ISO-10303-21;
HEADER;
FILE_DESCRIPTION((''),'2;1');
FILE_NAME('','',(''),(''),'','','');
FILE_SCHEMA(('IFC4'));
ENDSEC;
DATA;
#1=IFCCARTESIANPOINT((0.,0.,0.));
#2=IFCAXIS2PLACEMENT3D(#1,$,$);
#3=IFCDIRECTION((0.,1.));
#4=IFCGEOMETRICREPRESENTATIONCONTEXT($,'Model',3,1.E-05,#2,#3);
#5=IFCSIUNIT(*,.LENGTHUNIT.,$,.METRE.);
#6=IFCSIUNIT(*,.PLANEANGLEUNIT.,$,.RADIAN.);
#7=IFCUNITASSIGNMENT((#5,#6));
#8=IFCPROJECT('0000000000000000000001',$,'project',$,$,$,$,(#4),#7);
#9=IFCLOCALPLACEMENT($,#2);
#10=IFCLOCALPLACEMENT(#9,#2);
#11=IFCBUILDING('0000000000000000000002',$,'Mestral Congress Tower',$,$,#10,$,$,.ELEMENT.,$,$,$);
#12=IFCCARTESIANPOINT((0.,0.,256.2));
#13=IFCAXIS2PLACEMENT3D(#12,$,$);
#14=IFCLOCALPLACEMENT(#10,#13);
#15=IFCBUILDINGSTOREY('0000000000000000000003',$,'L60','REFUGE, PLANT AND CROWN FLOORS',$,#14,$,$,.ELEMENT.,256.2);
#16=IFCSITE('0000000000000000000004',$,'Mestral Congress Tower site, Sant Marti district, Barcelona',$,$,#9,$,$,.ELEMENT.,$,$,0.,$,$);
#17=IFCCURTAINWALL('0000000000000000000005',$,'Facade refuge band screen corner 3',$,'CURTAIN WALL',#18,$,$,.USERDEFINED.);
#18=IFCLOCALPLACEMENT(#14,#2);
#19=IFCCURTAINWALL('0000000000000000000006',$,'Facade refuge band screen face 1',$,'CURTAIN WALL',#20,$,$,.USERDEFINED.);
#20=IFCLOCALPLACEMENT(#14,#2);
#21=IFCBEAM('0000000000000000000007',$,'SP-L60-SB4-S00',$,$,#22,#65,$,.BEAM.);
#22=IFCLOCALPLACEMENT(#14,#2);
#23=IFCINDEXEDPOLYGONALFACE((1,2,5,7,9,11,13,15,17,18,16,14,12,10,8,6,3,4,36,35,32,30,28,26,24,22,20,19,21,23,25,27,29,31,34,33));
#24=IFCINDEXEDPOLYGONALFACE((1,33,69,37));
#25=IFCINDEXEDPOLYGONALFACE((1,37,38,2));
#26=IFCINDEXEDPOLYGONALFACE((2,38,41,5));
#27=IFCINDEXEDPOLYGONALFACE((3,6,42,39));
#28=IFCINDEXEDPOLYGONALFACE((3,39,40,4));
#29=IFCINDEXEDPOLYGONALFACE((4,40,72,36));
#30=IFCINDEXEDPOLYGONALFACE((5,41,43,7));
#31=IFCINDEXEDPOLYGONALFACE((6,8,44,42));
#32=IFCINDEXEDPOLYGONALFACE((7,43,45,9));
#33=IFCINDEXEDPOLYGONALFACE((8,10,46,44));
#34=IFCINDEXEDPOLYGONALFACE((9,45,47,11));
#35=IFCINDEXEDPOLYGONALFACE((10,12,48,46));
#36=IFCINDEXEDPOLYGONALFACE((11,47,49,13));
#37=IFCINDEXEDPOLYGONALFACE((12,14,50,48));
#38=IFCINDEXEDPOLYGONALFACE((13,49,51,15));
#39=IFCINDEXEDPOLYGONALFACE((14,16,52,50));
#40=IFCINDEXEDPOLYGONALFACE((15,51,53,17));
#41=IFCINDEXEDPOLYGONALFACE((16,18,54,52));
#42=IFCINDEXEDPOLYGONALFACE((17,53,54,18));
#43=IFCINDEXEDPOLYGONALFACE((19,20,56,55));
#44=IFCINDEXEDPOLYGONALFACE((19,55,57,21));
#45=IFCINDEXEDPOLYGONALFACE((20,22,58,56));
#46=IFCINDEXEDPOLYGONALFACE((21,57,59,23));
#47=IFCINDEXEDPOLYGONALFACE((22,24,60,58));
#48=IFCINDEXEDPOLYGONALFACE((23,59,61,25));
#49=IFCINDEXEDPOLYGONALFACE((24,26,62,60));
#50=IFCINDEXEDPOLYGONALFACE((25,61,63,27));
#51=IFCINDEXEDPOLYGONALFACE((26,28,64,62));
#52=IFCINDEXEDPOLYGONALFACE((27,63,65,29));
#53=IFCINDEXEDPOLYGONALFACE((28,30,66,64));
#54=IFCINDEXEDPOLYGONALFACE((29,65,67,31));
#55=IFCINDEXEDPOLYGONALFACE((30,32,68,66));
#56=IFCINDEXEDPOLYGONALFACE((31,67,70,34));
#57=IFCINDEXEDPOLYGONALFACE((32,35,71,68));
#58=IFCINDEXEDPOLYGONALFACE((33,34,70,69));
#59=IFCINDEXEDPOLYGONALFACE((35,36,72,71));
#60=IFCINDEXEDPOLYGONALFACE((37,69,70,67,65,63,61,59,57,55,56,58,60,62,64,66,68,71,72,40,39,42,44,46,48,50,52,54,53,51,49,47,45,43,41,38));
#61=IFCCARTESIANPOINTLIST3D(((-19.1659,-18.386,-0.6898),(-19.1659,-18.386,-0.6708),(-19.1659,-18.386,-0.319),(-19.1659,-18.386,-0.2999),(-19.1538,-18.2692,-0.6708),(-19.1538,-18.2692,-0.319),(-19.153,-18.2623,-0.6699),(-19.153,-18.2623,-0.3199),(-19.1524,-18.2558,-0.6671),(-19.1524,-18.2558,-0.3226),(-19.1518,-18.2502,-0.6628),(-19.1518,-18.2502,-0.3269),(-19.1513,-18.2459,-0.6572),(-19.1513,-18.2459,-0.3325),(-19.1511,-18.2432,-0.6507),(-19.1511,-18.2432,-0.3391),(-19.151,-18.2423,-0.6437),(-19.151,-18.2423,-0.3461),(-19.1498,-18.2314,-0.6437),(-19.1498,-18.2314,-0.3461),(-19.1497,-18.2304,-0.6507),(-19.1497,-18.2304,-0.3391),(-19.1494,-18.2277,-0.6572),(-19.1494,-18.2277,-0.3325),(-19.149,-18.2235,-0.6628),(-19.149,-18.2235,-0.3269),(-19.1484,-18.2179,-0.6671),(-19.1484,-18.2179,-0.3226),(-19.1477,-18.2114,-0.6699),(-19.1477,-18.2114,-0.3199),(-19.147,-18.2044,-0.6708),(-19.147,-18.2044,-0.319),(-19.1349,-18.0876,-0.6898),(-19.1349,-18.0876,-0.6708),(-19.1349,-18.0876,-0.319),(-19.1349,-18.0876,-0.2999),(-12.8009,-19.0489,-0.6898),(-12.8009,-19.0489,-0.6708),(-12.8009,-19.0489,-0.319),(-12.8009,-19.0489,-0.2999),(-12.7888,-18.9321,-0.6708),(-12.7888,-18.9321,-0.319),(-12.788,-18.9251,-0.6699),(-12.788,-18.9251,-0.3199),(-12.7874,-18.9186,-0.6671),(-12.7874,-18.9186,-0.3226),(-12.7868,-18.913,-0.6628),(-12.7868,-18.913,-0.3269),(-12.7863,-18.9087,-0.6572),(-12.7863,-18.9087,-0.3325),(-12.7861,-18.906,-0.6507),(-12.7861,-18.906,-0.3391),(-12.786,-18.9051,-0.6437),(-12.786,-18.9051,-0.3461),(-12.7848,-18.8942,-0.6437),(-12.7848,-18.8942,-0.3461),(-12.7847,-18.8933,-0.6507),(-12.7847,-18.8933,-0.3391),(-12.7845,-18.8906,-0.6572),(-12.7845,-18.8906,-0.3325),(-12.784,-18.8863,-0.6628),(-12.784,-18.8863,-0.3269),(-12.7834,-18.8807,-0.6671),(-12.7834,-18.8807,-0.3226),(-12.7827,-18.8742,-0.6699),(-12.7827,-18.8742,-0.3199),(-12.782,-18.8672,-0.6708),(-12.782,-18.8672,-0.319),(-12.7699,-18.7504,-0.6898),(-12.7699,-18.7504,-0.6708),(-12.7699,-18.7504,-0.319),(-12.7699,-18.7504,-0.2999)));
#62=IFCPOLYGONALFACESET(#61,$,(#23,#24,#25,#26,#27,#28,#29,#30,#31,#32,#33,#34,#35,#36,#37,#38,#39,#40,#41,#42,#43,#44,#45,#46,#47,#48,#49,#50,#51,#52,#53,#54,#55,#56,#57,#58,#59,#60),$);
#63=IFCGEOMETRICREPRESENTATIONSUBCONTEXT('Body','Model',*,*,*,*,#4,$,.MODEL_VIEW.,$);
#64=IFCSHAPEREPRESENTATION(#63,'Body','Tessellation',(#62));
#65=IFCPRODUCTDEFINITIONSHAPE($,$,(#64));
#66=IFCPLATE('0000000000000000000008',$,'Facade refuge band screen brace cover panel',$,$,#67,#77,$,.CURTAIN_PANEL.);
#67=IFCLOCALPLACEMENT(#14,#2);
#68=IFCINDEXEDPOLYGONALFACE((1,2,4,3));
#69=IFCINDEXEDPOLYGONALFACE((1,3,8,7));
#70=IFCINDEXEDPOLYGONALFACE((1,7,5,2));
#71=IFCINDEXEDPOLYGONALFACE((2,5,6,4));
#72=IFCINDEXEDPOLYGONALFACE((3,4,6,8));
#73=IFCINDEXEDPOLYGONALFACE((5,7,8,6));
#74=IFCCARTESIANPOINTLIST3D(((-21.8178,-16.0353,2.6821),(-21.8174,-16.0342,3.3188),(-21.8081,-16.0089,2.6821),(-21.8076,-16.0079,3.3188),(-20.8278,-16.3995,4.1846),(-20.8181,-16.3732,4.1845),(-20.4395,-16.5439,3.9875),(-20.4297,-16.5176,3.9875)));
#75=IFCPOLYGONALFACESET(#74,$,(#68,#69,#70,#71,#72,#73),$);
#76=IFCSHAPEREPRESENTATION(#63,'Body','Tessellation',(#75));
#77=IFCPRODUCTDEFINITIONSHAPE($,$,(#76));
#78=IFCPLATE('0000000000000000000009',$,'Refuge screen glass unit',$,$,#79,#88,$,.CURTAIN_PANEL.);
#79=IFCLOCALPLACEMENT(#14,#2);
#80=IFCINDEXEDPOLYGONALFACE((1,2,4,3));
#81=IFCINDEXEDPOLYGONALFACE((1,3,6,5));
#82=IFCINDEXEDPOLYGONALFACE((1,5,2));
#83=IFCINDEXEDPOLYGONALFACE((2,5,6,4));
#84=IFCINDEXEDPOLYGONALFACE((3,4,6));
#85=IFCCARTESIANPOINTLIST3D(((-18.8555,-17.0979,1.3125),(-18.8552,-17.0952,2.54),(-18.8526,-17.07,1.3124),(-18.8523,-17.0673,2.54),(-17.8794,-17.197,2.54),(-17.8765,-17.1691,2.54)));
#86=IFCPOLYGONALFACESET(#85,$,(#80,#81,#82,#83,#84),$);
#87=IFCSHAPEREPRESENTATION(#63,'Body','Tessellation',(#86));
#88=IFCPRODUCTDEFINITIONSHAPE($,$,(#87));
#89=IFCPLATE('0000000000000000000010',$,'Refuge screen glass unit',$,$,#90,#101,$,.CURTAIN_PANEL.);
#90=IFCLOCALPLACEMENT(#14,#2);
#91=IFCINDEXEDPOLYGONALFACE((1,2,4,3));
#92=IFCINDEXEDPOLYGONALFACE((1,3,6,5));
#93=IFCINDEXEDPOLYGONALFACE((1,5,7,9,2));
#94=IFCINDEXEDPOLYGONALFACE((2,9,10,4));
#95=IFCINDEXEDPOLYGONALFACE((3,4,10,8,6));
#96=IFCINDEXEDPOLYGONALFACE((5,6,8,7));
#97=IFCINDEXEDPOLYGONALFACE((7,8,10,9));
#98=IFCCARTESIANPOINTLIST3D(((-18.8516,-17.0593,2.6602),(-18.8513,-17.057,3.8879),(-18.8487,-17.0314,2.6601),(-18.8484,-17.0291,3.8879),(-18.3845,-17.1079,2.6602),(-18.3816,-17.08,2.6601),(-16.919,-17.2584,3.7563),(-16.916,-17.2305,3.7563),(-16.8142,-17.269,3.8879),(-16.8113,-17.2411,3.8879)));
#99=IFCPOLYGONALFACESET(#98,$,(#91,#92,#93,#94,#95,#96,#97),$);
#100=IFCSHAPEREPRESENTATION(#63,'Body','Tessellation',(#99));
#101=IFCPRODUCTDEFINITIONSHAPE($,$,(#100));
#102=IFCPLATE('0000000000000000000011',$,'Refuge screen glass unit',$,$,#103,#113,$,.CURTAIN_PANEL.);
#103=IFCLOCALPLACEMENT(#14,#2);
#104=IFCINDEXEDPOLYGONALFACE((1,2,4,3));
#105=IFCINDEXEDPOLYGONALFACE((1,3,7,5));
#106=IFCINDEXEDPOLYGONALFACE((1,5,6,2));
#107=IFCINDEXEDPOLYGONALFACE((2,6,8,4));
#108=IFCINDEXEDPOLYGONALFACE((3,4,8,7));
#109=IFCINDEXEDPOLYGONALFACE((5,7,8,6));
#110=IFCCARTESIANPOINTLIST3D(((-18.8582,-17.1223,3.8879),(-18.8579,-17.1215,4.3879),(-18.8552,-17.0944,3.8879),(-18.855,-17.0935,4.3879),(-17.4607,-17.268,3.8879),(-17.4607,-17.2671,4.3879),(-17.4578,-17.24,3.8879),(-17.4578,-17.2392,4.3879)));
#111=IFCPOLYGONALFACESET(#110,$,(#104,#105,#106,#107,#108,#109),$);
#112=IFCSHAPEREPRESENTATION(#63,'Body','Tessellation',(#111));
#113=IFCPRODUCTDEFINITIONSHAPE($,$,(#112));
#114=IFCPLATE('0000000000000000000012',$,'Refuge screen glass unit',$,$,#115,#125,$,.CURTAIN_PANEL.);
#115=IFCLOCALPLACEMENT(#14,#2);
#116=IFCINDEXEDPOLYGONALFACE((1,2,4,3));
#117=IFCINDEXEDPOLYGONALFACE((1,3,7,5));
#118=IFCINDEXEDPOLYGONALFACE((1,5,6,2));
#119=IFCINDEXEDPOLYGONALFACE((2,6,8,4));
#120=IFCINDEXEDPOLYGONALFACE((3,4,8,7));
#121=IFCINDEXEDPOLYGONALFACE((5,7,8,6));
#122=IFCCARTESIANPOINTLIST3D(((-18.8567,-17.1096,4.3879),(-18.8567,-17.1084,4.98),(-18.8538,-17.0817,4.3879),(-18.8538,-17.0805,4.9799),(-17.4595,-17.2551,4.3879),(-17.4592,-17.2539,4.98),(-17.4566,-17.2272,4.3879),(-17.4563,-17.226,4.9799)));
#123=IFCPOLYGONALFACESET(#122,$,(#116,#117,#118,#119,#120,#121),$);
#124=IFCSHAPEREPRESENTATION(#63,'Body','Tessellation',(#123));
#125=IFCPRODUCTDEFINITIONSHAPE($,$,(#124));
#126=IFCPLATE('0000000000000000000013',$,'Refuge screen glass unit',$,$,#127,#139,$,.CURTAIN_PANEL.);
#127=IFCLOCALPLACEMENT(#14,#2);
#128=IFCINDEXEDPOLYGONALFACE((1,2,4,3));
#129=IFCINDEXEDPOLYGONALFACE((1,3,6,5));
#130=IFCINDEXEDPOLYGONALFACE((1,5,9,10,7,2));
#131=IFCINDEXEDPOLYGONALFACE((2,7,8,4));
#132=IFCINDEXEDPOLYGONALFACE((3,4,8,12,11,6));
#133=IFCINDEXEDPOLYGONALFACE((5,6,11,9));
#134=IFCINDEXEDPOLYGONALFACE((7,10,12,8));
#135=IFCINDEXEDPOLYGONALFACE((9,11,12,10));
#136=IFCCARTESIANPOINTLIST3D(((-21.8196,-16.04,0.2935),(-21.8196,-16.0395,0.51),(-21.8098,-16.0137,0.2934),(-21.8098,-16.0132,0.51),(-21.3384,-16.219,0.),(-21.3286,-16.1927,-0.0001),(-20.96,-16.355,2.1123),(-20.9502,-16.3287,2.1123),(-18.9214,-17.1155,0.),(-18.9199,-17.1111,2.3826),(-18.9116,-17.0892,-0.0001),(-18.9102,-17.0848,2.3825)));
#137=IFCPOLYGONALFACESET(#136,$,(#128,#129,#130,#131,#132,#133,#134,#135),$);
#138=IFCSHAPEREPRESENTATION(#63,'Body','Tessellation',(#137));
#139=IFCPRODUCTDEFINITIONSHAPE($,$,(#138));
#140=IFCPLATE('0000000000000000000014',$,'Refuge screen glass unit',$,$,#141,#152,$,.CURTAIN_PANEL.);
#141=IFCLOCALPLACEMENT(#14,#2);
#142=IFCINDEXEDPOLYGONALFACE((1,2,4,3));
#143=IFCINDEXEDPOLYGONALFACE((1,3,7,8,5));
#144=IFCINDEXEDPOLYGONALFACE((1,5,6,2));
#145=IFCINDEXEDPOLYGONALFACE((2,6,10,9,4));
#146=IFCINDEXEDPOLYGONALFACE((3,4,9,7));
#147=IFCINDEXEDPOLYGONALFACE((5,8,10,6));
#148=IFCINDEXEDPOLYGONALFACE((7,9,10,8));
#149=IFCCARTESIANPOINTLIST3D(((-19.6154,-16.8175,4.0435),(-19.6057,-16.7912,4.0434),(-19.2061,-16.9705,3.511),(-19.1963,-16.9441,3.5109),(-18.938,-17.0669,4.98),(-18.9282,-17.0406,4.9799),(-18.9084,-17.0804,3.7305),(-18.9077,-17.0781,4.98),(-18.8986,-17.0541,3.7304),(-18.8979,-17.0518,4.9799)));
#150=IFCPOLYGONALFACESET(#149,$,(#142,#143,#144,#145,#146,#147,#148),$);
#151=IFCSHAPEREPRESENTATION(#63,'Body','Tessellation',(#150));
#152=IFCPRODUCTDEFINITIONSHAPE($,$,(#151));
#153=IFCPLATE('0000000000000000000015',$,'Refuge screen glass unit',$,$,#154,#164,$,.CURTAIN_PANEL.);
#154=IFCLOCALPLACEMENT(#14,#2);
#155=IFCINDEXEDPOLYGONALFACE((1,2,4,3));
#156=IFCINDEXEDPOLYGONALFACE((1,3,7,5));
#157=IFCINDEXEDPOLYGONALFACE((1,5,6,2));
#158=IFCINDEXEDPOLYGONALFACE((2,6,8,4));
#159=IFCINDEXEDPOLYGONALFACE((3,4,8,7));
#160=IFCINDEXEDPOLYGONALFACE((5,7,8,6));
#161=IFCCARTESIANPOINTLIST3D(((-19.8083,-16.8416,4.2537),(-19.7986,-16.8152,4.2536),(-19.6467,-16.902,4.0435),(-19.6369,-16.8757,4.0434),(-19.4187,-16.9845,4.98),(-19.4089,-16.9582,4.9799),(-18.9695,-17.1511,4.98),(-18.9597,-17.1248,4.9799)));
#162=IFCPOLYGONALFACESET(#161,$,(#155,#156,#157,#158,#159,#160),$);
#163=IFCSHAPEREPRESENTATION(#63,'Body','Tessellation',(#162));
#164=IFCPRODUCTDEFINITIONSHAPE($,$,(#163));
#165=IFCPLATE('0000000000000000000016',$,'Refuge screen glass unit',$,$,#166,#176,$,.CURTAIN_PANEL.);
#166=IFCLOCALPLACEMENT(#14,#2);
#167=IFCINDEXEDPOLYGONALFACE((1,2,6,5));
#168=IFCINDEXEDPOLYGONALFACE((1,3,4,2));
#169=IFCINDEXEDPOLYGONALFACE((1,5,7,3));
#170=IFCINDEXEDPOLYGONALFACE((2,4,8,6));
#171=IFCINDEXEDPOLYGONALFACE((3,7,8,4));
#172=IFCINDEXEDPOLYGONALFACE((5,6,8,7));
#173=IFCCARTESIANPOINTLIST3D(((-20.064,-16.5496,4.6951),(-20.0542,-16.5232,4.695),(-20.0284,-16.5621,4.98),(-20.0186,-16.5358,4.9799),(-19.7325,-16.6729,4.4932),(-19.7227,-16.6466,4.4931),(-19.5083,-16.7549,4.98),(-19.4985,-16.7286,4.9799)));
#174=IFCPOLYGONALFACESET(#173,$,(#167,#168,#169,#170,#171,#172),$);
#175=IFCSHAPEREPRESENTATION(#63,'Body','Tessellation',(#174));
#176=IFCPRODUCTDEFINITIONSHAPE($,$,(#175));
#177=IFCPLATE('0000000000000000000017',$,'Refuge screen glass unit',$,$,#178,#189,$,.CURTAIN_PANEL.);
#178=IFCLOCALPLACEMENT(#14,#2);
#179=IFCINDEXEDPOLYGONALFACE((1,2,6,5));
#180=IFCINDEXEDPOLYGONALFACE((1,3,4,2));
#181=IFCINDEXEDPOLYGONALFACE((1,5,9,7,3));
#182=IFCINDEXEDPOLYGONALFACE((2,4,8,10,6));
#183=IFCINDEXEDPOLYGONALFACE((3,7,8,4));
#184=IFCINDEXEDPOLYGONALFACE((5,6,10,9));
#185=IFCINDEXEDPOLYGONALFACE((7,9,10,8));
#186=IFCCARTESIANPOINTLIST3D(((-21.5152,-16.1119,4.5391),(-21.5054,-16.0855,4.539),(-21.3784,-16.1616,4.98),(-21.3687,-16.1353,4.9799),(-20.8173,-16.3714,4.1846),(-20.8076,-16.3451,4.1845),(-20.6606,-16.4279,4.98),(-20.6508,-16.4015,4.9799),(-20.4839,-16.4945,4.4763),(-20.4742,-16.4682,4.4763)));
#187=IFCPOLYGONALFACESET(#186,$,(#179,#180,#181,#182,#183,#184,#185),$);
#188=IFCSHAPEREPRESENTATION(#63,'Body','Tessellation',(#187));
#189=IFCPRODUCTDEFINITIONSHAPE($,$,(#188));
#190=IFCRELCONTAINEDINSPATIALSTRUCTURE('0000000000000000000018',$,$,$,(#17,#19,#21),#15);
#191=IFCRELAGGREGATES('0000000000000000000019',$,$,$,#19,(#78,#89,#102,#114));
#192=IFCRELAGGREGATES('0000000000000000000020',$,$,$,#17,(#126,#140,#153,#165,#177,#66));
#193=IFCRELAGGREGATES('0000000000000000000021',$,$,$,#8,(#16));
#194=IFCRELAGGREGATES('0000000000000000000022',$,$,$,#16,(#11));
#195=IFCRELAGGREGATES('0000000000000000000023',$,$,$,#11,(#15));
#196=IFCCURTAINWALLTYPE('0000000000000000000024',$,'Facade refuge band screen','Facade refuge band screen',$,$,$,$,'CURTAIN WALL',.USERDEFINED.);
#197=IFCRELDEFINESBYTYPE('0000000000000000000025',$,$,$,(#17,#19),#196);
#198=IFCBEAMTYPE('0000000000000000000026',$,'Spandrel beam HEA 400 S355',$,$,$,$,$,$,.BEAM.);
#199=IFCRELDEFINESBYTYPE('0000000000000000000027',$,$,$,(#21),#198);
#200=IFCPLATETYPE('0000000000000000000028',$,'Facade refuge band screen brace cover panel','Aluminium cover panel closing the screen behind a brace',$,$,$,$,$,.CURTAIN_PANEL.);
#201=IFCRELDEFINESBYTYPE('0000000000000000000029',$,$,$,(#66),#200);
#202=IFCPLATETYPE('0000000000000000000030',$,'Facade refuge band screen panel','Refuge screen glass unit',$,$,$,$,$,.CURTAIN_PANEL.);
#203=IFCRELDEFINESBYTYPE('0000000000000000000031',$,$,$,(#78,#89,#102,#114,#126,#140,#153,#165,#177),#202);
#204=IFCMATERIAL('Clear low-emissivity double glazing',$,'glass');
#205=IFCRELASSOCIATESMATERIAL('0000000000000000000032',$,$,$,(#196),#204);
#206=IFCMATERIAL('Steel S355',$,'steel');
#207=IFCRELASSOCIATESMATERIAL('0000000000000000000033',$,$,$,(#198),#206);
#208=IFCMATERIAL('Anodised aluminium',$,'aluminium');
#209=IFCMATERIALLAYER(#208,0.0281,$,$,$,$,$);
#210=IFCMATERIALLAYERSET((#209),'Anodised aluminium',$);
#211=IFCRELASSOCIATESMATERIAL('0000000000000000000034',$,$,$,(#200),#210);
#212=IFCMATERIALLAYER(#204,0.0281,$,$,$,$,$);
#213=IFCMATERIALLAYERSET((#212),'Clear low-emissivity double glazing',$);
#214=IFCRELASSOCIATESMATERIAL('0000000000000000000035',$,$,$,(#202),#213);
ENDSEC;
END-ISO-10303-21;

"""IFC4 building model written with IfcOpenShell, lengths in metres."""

from ifc_helpers import new_model, si_unit, direction, frame, origin, origin_2d, place, context, subcontext, project, spatial, polyline, i_section, outline, extrude, material, layer, layer_set, material_profile, profile_set, type_object, element, aggregate, save


model = new_model("IFC4")

# Units and contexts
model_context = context("Model", 3, precision=1e-05, world=origin(), true_north=direction((0.0, 1.0)))
body_context = subcontext(model_context, "Body", "Model", "MODEL_VIEW")
ifc_project = project(units=[si_unit("LENGTHUNIT", "METRE"), si_unit("PLANEANGLEUNIT", "RADIAN")], contexts=[model_context])

# Site, building, storey
site_placement = place(None, origin())
site = spatial("IfcSite", under=ifc_project, at=site_placement, Name="Mestral Congress Tower site, Sant Marti district, Barcelona", CompositionType="ELEMENT", RefElevation=0.0)
building_placement = place(site_placement, origin())
building = spatial("IfcBuilding", under=site, at=building_placement, Name="Mestral Congress Tower", CompositionType="ELEMENT")
storey_placement = place(building_placement, frame((0.0, 0.0, 256.2)))
storey = spatial("IfcBuildingStorey", under=building, at=storey_placement, Name="L60", Description="REFUGE, PLANT AND CROWN FLOORS", CompositionType="ELEMENT", Elevation=256.2)

# Shared definitions
ifc_material_1 = material(Name="Steel S355", Category="steel")

# Curtain wall
ifc_material_2 = material(Name="Clear low-emissivity double glazing", Category="glass")
curtain_wall_type = type_object("IfcCurtainWallType", Name="Facade refuge band screen", Description="Facade refuge band screen", ElementType="CURTAIN WALL", PredefinedType="USERDEFINED", material=ifc_material_2)
placement = place(storey_placement, origin())
curtain_wall_1 = element("IfcCurtainWall", 1, at=placement, inside=storey, type_object=curtain_wall_type, Name="Facade refuge band screen corner 3", ObjectType="CURTAIN WALL", PredefinedType="USERDEFINED")
ifc_material_3 = material(Name="Anodised aluminium", Category="aluminium")

# Curtain wall
curtain_wall_2 = element("IfcCurtainWall", 2, at=placement, inside=storey, type_object=curtain_wall_type, Name="Facade refuge band screen face 1", ObjectType="CURTAIN WALL", PredefinedType="USERDEFINED")

# Beam
ifc_material_profile_1 = material_profile(ifc_material_1, i_section(OverallWidth=0.3, OverallDepth=0.3899, WebThickness=0.011, FlangeThickness=0.019, FilletRadius=0.0271, at=origin_2d()), Name="HEA 400")
ifc_profile_set_1 = profile_set([ifc_material_profile_1], Name="Steel S355")
beam_type_1 = type_object("IfcBeamType", Name="Spandrel beam HEA 400 S355", PredefinedType="BEAM", material=ifc_profile_set_1)
beam_1_placement = place(storey_placement, frame((-19.1504, -18.2368, -0.4949), z_axis=(0.994621, -0.103579, 0.0), x_axis=(0.103579, 0.994621, 0.0)))
element("IfcBeam", 3, at=beam_1_placement, inside=storey, type_object=beam_type_1, Name="SP-L60-SB4-S00", PredefinedType="BEAM", context=body_context, shape_type="SweptSolid", body=[
    extrude(i_section(OverallWidth=0.3, OverallDepth=0.3899, WebThickness=0.011, FlangeThickness=0.019, FilletRadius=0.0271, at=origin_2d()), origin(), (0.0, 0.0, 1.0), 6.3994),
])

# Plates
ifc_layer_1 = layer(ifc_material_3, 0.0281)
ifc_layer_set_1 = layer_set([ifc_layer_1], Name="Anodised aluminium")
plate_type_1 = type_object("IfcPlateType", Name="Facade refuge band screen brace cover panel", Description="Aluminium cover panel closing the screen behind a brace", PredefinedType="CURTAIN_PANEL", material=ifc_layer_set_1)
plate_1_placement = place(storey_placement, frame((-21.8174, -16.0342, 3.3188), z_axis=(-0.347746, -0.937587, 0.001825), x_axis=(0.725155, -0.267721, 0.634409)))
plate_1 = element("IfcPlate", 4, at=plate_1_placement, type_object=plate_type_1, Name="Facade refuge band screen brace cover panel", PredefinedType="CURTAIN_PANEL", context=body_context, shape_type="SweptSolid", body=[
    extrude(outline(polyline([(0.0, 0.0), (1.3646, 0.0), (1.5599, -0.4152), (-0.404, -0.4922), (0.0, 0.0)])), origin(), (0.0, 0.0, -1.0), 0.0281),
])
ifc_layer_2 = layer(ifc_material_2, 0.0281)
ifc_layer_set_2 = layer_set([ifc_layer_2], Name="Clear low-emissivity double glazing")
plate_type_2 = type_object("IfcPlateType", Name="Facade refuge band screen panel", Description="Refuge screen glass unit", PredefinedType="CURTAIN_PANEL", material=ifc_layer_set_2)
plate_2_placement = place(storey_placement, frame((-18.8552, -17.0952, 2.54), z_axis=(-0.103765, -0.994599, 0.002197), x_axis=(0.994602, -0.103765, 0.0)))
plate_2 = element("IfcPlate", 5, at=plate_2_placement, type_object=plate_type_2, Name="Refuge screen glass unit", PredefinedType="CURTAIN_PANEL", context=body_context, shape_type="SweptSolid", body=[
    extrude(outline(polyline([(0.0, 0.0), (0.9811, 0.0), (0.0, -1.2275), (0.0, 0.0)])), origin(), (0.0, 0.0, -1.0), 0.0281),
])
plate_3_placement = place(storey_placement, frame((-18.8516, -17.0593, 2.6602), z_axis=(-0.103529, -0.994625, 0.001915), x_axis=(0.00019, 0.001905, 0.999998)))
plate_3 = element("IfcPlate", 6, at=plate_3_placement, type_object=plate_type_2, Name="Refuge screen glass unit", PredefinedType="CURTAIN_PANEL", context=body_context, shape_type="SweptSolid", body=[
    extrude(outline(polyline([(0.0, 0.0), (1.2278, 0.0), (1.2278, -2.0481), (1.0962, -1.9428), (0.0, -0.4696), (0.0, 0.0)])), origin(), (0.0, 0.0, -1.0), 0.0281),
])
plate_4_placement = place(storey_placement, frame((-17.4607, -17.2671, 4.3879), z_axis=(-0.103658, -0.994612, 0.001725), x_axis=(0.000023, -0.001737, -0.999998)))
plate_4 = element("IfcPlate", 7, at=plate_4_placement, type_object=plate_type_2, Name="Refuge screen glass unit", PredefinedType="CURTAIN_PANEL", context=body_context, shape_type="SweptSolid", body=[
    extrude(outline(polyline([(0.0, 0.0), (0.5, 0.0), (0.4997, -1.405), (-0.0003, -1.4048), (0.0, 0.0)])), origin(), (0.0, 0.0, -1.0), 0.0281),
])
plate_5_placement = place(storey_placement, frame((-18.8567, -17.1084, 4.98), z_axis=(-0.103572, -0.99462, 0.002072), x_axis=(0.994622, -0.103572, 0.0)))
plate_5 = element("IfcPlate", 8, at=plate_5_placement, type_object=plate_type_2, Name="Refuge screen glass unit", PredefinedType="CURTAIN_PANEL", context=body_context, shape_type="SweptSolid", body=[
    extrude(outline(polyline([(0.0, 0.0), (1.405, 0.0), (1.4049, -0.592), (0.0001, -0.592), (0.0, 0.0)])), origin(), (0.0, 0.0, -1.0), 0.0281),
])
aggregate(curtain_wall_2, [plate_2, plate_3, plate_4, plate_5])
plate_6_placement = place(storey_placement, frame((-18.9214, -17.1155, 0.0), z_axis=(-0.347739, -0.937589, 0.00194), x_axis=(-0.937591, 0.34774, 0.0)))
plate_6 = element("IfcPlate", 9, at=plate_6_placement, type_object=plate_type_2, Name="Refuge screen glass unit", PredefinedType="CURTAIN_PANEL", context=body_context, shape_type="SweptSolid", body=[
    extrude(outline(polyline([(0.0, 0.0), (2.5779, 0.0), (3.0913, -0.2935), (3.0915, -0.51), (2.1758, -2.1123), (0.0002, -2.3826), (0.0, 0.0)])), origin(), (0.0, 0.0, -1.0), 0.0281),
])
plate_7_placement = place(storey_placement, frame((-19.2061, -16.9705, 3.511), z_axis=(-0.347819, -0.93756, 0.001927), x_axis=(-0.594289, 0.22206, 0.772988)))
plate_7 = element("IfcPlate", 10, at=plate_7_placement, type_object=plate_type_2, Name="Refuge screen glass unit", PredefinedType="CURTAIN_PANEL", context=body_context, shape_type="SweptSolid", body=[
    extrude(outline(polyline([(0.0, 0.0), (0.6888, 0.0), (0.9548, -1.1522), (0.9343, -1.1771), (-0.0317, -0.3845), (0.0, 0.0)])), origin(), (0.0, 0.0, -1.0), 0.0281),
])
plate_8_placement = place(storey_placement, frame((-18.9695, -17.1511, 4.98), z_axis=(-0.347786, -0.937572, 0.002068), x_axis=(-0.572802, 0.21073, -0.792143)))
plate_8 = element("IfcPlate", 11, at=plate_8_placement, type_object=plate_type_2, Name="Refuge screen glass unit", PredefinedType="CURTAIN_PANEL", context=body_context, shape_type="SweptSolid", body=[
    extrude(outline(polyline([(0.0, 0.0), (1.1823, 0.0), (1.1211, -0.265), (0.2924, -0.3795), (0.0, 0.0)])), origin(), (0.0, 0.0, -1.0), 0.0281),
])
plate_9_placement = place(storey_placement, frame((-19.5083, -16.7549, 4.98), z_axis=(-0.347598, -0.937641, 0.002207), x_axis=(-0.413432, 0.151152, -0.897901)))
plate_9 = element("IfcPlate", 12, at=plate_9_placement, type_object=plate_type_2, Name="Refuge screen glass unit", PredefinedType="CURTAIN_PANEL", context=body_context, shape_type="SweptSolid", body=[
    extrude(outline(polyline([(0.0, 0.0), (0.5422, 0.0), (0.5166, -0.4065), (0.2441, -0.498), (0.0, 0.0)])), origin(), (0.0, 0.0, -1.0), 0.0281),
])
plate_10_placement = place(storey_placement, frame((-21.3784, -16.1616, 4.98), z_axis=(-0.347759, -0.937582, 0.002021), x_axis=(0.937584, -0.34776, 0.0)))
plate_10 = element("IfcPlate", 13, at=plate_10_placement, type_object=plate_type_2, Name="Refuge screen glass unit", PredefinedType="CURTAIN_PANEL", context=body_context, shape_type="SweptSolid", body=[
    extrude(outline(polyline([(0.0, 0.0), (0.7656, 0.0), (0.9544, -0.5037), (0.599, -0.7954), (-0.1455, -0.4409), (0.0, 0.0)])), origin(), (0.0, 0.0, -1.0), 0.0281),
])

aggregate(curtain_wall_1, [plate_6, plate_7, plate_8, plate_9, plate_10, plate_1])

save(model, "model.ifc")
